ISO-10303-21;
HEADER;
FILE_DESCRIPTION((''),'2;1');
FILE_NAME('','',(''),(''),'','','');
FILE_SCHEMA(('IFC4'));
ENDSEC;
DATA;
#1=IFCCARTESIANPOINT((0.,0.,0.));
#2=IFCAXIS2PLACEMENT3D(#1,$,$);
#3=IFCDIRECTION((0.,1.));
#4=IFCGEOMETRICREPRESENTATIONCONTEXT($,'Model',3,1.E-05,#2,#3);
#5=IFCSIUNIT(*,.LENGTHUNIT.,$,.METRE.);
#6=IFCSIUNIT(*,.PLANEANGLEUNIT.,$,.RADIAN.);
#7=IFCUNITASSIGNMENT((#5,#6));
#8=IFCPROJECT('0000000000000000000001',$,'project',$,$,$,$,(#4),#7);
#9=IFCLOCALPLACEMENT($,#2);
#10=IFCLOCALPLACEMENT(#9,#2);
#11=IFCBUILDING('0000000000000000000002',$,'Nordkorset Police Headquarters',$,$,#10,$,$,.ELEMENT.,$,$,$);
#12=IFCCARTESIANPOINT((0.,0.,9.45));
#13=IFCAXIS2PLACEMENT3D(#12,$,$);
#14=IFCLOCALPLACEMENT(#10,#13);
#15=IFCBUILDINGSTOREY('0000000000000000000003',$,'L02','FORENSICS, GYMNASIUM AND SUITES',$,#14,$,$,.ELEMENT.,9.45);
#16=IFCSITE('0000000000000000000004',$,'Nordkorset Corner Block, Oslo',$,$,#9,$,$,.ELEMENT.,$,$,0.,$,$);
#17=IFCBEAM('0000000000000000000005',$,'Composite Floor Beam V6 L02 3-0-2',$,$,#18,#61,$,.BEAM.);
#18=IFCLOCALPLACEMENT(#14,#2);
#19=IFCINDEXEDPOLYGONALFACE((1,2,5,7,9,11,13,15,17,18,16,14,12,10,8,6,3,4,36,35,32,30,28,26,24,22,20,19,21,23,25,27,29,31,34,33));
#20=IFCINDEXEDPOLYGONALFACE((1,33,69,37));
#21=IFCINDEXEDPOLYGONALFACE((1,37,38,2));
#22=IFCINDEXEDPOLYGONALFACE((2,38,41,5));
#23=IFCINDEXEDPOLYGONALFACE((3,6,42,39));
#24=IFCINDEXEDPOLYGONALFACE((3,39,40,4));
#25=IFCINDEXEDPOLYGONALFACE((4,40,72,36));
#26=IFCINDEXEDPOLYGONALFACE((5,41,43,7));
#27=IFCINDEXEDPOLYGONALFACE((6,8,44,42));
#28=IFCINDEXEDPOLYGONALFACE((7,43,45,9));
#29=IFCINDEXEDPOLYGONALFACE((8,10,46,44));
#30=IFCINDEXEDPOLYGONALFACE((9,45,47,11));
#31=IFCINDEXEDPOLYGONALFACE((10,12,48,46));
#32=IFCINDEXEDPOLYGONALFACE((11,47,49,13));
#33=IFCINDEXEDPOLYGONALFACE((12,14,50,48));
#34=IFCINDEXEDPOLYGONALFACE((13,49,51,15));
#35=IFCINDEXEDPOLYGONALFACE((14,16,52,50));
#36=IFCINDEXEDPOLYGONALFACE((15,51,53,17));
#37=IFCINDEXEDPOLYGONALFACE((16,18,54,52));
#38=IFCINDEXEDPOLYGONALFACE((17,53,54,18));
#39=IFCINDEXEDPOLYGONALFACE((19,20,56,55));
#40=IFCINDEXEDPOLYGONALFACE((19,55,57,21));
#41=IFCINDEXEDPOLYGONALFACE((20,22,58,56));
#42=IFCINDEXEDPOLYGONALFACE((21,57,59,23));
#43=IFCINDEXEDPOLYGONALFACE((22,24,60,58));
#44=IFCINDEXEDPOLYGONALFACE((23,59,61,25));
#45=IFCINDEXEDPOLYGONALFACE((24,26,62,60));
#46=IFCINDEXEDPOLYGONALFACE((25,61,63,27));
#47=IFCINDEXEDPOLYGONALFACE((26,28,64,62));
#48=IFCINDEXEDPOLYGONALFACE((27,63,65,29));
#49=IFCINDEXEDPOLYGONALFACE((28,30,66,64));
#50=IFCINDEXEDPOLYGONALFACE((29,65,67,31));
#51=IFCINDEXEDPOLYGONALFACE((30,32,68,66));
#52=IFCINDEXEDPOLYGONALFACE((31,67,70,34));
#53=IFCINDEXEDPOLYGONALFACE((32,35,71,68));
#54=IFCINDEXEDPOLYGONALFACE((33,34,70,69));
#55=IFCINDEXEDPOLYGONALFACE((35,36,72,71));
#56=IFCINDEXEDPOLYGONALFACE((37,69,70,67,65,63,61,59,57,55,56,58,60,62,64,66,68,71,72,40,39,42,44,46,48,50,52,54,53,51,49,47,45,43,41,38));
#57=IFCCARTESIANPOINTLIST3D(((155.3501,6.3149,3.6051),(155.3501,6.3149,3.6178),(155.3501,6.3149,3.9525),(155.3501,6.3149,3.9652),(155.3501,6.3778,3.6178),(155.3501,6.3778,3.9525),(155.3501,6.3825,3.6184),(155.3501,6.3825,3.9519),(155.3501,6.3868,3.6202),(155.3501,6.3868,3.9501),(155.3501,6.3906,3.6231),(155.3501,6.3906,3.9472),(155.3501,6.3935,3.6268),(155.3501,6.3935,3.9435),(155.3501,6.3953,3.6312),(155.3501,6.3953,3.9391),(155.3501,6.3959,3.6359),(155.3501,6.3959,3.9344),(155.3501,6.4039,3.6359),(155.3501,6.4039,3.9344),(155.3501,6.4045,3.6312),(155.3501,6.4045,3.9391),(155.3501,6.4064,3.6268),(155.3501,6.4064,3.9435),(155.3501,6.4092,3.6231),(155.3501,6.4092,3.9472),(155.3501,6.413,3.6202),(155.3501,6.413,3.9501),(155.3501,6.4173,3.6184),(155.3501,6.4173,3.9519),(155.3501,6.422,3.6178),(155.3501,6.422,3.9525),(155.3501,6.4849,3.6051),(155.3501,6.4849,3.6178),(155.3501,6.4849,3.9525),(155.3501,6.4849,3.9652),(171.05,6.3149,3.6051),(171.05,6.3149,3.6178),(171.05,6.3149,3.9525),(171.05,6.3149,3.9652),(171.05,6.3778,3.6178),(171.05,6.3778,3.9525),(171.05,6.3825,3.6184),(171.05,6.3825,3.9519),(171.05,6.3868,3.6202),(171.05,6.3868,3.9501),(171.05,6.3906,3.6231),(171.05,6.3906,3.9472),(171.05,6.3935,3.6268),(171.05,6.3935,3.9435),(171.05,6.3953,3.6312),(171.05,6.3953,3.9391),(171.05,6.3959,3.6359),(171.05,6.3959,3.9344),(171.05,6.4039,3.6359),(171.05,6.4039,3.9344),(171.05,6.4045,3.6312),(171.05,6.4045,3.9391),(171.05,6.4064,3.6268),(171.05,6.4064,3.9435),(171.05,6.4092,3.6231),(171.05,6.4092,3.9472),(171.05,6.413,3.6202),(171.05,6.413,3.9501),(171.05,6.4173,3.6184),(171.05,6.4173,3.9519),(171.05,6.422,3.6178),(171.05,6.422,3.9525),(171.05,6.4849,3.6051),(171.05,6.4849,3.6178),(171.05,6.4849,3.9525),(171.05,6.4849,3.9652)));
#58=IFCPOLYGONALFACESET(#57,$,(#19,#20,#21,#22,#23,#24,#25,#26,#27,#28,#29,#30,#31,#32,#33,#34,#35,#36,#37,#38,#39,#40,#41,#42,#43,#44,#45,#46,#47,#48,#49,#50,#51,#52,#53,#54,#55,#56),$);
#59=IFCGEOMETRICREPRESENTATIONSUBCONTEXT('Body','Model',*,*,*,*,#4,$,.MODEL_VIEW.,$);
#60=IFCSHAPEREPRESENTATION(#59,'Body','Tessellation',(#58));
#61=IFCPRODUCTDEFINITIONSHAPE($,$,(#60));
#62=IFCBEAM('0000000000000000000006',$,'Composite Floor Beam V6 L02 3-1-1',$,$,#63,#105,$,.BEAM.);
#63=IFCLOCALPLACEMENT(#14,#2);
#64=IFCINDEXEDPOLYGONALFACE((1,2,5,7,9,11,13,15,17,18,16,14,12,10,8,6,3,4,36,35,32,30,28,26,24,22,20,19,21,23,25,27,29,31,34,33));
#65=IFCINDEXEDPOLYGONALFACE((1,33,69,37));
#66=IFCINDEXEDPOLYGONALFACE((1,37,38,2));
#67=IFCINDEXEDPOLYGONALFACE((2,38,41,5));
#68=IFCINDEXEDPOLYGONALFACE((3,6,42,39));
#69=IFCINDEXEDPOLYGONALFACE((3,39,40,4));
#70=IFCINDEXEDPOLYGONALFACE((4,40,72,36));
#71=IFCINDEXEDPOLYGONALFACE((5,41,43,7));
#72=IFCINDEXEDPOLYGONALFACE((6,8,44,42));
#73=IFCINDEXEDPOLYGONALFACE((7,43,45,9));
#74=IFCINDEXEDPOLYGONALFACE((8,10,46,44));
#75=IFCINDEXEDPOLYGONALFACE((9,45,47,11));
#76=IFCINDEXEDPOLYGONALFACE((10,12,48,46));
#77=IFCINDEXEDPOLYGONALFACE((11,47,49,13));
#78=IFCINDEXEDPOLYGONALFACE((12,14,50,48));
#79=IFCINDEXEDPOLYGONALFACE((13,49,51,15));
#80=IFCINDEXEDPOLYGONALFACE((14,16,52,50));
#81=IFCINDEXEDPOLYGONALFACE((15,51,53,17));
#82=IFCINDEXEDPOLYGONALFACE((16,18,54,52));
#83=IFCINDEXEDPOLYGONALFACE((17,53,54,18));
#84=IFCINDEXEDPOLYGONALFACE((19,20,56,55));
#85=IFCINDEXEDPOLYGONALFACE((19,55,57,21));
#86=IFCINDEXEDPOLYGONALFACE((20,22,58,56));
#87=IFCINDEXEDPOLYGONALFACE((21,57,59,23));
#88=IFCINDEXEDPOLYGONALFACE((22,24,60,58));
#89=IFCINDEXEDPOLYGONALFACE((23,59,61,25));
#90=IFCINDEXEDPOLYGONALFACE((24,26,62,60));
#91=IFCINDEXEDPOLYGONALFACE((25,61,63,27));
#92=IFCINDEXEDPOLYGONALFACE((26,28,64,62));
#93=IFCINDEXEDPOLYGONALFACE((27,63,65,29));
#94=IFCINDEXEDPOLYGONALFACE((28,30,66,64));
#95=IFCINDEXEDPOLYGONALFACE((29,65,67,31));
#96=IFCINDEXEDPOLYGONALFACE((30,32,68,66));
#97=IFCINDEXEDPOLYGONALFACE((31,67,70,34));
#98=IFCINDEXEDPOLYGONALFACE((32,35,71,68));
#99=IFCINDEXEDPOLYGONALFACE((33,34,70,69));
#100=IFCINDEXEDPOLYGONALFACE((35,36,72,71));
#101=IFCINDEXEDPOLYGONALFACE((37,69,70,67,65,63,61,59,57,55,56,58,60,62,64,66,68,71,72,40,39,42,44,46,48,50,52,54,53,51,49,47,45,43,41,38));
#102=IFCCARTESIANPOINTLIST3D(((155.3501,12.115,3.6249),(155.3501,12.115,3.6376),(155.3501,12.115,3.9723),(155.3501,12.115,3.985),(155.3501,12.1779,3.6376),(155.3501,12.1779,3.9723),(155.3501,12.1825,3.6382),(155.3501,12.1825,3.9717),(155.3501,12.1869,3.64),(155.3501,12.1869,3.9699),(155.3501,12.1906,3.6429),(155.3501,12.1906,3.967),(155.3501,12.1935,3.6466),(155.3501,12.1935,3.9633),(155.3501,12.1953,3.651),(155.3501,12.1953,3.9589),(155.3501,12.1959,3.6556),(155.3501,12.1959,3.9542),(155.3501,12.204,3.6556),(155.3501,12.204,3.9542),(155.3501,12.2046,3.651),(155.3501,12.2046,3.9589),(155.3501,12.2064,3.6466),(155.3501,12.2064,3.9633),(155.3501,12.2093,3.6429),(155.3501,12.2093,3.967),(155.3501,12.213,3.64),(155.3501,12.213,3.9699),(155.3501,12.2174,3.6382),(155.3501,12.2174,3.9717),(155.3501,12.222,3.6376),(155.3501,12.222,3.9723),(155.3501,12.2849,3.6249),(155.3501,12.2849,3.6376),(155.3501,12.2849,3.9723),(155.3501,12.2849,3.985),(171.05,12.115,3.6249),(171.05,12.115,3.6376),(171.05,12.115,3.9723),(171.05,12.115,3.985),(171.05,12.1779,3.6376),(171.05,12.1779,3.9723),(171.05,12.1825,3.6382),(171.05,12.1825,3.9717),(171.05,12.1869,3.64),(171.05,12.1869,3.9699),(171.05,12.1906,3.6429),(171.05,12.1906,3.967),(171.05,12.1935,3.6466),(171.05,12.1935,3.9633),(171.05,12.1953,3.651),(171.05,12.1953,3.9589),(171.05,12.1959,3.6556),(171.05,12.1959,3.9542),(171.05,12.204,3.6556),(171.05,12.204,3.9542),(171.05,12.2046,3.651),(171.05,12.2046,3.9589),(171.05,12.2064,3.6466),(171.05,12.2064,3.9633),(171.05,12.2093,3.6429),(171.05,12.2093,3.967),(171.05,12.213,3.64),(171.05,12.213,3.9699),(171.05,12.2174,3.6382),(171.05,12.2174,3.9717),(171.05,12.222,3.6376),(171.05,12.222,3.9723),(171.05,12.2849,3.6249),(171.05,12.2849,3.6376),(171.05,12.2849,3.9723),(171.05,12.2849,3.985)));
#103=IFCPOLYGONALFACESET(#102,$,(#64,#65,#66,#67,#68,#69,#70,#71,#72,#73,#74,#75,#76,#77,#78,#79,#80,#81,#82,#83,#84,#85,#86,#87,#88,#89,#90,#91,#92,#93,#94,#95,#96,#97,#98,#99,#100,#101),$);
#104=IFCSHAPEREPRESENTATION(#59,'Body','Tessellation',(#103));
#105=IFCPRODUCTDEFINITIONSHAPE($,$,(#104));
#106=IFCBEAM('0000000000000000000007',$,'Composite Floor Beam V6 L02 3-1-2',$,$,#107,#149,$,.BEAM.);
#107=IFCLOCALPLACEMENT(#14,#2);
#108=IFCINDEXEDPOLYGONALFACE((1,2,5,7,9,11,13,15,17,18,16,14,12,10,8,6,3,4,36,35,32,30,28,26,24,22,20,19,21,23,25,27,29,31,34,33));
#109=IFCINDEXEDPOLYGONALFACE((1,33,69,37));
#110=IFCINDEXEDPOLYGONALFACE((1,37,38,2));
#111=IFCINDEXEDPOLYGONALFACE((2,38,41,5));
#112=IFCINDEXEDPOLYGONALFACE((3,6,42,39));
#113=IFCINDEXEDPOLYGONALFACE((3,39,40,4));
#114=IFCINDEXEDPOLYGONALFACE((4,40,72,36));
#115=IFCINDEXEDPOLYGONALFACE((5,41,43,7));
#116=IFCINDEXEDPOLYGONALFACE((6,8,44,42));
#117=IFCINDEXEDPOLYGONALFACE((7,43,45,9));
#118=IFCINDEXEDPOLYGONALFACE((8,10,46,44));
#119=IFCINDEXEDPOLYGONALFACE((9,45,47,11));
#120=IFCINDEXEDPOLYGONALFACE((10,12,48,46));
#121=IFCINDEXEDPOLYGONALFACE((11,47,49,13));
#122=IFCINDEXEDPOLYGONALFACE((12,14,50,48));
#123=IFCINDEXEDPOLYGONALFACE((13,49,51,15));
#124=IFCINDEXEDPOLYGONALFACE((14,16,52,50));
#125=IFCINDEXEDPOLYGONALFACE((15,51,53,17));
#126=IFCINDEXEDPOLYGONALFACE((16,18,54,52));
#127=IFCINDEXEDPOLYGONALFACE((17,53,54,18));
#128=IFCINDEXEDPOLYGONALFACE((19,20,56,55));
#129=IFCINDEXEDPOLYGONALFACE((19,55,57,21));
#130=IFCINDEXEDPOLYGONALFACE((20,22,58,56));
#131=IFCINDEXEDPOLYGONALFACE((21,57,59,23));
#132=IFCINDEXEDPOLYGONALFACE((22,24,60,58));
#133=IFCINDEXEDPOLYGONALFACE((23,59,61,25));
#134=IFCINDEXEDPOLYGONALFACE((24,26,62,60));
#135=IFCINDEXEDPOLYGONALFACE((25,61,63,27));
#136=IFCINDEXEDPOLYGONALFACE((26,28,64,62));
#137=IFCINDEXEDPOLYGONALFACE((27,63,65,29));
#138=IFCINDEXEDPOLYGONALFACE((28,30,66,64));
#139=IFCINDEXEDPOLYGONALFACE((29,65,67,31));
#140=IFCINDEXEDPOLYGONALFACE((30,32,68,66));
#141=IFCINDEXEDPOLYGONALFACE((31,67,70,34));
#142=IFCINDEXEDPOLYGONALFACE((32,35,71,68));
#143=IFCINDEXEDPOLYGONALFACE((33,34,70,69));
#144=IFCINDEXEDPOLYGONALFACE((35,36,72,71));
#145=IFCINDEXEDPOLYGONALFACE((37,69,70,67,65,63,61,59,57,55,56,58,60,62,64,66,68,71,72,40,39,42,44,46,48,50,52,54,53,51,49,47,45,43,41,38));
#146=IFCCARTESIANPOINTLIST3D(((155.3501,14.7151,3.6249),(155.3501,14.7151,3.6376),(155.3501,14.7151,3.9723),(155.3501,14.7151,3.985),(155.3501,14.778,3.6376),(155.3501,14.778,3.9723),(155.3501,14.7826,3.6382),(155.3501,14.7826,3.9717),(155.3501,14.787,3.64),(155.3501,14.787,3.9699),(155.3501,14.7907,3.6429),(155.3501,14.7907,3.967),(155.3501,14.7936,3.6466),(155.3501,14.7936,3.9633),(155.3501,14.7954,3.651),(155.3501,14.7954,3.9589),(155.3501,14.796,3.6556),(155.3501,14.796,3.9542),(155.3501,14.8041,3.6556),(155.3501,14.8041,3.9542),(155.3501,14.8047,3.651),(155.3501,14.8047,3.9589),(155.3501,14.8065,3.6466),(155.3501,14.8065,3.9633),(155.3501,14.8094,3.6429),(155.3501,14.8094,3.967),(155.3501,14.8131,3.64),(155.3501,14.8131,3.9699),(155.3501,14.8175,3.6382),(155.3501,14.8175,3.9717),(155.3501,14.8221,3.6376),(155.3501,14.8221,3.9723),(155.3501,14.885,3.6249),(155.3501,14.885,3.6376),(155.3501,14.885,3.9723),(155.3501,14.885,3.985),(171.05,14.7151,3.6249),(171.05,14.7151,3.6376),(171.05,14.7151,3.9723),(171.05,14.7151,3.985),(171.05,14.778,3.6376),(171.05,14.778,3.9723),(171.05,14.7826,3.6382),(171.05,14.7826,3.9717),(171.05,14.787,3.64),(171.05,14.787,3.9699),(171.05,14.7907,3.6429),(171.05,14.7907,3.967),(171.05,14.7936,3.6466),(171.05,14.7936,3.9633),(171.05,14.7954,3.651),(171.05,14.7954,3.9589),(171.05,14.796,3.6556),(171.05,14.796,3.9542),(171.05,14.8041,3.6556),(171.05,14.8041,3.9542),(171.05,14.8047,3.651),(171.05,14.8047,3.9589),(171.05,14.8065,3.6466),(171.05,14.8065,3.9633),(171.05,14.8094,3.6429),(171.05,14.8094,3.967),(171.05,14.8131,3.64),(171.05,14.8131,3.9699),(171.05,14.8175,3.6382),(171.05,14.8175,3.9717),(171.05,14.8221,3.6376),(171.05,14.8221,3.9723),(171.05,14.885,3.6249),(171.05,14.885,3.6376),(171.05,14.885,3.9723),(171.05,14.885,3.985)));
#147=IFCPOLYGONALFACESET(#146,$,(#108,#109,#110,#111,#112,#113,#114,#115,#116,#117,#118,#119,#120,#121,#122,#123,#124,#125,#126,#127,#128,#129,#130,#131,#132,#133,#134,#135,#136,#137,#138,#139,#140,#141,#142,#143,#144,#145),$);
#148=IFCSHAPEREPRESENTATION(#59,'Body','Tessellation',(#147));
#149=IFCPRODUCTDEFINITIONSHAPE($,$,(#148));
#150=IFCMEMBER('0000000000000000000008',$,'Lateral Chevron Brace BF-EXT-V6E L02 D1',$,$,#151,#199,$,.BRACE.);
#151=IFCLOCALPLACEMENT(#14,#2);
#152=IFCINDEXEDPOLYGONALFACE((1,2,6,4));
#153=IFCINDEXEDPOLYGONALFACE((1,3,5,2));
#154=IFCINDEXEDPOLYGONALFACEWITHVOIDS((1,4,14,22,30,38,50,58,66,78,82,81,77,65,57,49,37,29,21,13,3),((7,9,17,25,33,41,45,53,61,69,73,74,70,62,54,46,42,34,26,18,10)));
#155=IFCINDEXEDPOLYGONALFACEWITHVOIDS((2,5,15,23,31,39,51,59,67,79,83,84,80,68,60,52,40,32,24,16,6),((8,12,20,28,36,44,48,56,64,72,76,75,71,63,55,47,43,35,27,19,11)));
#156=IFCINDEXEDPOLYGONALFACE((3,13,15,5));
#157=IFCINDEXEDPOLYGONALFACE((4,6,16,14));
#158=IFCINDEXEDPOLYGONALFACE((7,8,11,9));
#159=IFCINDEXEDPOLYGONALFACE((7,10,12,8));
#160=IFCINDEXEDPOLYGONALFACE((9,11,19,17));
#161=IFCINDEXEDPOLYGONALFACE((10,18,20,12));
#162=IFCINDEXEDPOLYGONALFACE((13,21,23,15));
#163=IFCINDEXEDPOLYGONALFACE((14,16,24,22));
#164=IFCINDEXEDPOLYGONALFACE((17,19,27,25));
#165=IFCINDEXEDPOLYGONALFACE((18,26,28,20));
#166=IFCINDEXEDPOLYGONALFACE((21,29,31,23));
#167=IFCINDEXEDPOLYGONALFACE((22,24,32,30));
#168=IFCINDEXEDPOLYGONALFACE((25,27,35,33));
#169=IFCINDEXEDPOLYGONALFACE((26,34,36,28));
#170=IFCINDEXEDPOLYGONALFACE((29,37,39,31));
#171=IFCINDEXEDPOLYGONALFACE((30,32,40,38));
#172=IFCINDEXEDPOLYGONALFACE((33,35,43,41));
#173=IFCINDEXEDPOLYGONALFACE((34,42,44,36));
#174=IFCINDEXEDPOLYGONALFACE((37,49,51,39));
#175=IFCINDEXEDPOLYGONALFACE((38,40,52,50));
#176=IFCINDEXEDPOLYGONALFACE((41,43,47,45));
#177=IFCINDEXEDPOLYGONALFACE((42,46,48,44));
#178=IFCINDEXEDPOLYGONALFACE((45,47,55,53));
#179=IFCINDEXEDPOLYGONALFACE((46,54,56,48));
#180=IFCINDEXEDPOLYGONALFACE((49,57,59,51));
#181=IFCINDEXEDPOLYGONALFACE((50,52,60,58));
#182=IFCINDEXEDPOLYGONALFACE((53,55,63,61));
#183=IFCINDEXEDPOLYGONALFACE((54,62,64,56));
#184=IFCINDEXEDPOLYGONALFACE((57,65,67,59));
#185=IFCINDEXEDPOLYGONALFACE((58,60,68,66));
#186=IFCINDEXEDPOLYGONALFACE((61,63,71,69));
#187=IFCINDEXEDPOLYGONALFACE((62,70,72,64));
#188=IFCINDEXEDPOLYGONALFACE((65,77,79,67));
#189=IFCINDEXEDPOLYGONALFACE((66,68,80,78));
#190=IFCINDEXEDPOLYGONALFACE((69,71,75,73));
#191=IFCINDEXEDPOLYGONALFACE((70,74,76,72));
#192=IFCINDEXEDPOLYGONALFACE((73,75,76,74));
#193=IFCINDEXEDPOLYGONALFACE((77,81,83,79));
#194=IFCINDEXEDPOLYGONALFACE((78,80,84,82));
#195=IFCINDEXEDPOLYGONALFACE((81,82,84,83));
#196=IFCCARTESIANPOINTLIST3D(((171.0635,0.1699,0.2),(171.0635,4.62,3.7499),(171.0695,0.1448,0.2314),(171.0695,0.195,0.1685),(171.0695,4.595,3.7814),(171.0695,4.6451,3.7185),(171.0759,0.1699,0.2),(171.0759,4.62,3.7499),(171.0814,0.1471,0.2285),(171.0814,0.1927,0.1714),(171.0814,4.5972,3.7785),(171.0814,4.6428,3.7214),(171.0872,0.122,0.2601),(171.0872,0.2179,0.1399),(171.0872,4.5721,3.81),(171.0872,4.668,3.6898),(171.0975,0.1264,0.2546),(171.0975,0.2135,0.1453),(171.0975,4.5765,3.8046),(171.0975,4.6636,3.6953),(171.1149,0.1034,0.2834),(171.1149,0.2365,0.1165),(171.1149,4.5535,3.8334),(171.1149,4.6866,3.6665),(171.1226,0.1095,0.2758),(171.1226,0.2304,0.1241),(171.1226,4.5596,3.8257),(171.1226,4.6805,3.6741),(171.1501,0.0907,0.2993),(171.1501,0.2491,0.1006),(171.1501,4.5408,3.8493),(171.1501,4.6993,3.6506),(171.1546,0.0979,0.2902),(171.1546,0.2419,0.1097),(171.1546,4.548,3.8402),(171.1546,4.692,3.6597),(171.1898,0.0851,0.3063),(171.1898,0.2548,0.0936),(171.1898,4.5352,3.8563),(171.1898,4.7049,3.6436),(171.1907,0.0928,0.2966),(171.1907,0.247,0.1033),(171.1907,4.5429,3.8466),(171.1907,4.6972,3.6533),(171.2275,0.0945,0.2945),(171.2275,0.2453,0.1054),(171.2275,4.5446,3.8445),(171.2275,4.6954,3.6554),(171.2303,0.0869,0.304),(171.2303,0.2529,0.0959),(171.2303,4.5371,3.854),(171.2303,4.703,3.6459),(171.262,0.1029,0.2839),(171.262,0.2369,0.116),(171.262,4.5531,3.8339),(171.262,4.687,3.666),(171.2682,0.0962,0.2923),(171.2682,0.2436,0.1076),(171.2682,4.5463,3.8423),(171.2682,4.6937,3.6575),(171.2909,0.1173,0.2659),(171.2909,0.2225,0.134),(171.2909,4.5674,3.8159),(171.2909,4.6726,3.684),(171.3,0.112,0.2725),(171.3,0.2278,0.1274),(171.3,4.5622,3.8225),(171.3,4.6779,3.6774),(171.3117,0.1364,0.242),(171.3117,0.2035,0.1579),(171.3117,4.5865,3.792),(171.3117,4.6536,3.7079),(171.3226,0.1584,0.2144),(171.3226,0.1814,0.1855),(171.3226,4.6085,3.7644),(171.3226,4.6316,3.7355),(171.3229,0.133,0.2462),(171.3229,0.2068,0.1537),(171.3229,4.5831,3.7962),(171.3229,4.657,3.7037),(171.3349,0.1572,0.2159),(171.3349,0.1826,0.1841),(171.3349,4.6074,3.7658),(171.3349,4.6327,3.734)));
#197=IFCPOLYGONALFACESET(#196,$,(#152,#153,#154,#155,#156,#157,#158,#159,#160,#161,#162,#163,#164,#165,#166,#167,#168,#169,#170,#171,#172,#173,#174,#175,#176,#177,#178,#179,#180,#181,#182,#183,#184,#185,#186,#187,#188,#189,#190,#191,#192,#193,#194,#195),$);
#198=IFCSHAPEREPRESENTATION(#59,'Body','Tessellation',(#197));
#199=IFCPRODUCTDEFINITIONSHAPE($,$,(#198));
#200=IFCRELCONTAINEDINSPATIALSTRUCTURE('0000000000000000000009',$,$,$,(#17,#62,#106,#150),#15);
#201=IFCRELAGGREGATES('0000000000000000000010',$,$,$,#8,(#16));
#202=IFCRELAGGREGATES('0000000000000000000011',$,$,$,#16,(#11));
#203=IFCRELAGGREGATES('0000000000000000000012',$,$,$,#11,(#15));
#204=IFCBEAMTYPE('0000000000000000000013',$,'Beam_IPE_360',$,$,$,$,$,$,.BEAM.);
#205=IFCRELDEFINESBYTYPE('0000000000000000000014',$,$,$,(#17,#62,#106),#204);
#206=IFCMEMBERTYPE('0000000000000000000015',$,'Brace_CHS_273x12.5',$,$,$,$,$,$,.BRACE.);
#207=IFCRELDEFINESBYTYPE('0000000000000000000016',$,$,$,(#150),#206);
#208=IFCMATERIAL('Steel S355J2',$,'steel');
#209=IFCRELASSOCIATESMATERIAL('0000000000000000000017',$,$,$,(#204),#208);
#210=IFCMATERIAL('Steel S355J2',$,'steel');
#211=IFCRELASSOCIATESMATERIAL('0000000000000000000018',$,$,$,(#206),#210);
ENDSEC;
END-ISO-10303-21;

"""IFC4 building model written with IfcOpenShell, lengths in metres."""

from ifc_helpers import new_model, si_unit, direction, frame, origin, origin_2d, place, context, subcontext, project, spatial, hollow_circle, i_section, extrude, material, material_profile, profile_set, type_object, element, save


model = new_model("IFC4")

# Units and contexts
model_context = context("Model", 3, precision=1e-05, world=origin(), true_north=direction((0.0, 1.0)))
body_context = subcontext(model_context, "Body", "Model", "MODEL_VIEW")
ifc_project = project(units=[si_unit("LENGTHUNIT", "METRE"), si_unit("PLANEANGLEUNIT", "RADIAN")], contexts=[model_context])

# Site, building, storey
site_placement = place(None, origin())
site = spatial("IfcSite", under=ifc_project, at=site_placement, Name="Nordkorset Corner Block, Oslo", CompositionType="ELEMENT", RefElevation=0.0)
building_placement = place(site_placement, origin())
building = spatial("IfcBuilding", under=site, at=building_placement, Name="Nordkorset Police Headquarters", CompositionType="ELEMENT")
storey_placement = place(building_placement, frame((0.0, 0.0, 9.45)))
storey = spatial("IfcBuildingStorey", under=building, at=storey_placement, Name="L02", Description="FORENSICS, GYMNASIUM AND SUITES", CompositionType="ELEMENT", Elevation=9.45)

# Beams
ifc_material_1 = material(Name="Steel S355J2", Category="steel")
ifc_material_profile_1 = material_profile(ifc_material_1, i_section(OverallWidth=0.1699, OverallDepth=0.3601, WebThickness=0.0081, FlangeThickness=0.0127, FilletRadius=0.0181, at=origin_2d()), Name="IPE 360")
ifc_profile_set_1 = profile_set([ifc_material_profile_1], Name="Steel S355J2")
beam_type_1 = type_object("IfcBeamType", Name="Beam_IPE_360", PredefinedType="BEAM", material=ifc_profile_set_1)
for number, where, z_axis, x_axis, name in (
    (1, (155.3501, 6.3999, 3.7852), (1.0, 0.0, 0.0), (0.0, 1.0, 0.0), "Composite Floor Beam V6 L02 3-0-2"),
    (2, (155.3501, 12.2, 3.8049), (1.0, 0.0, 0.0), (0.0, 1.0, 0.0), "Composite Floor Beam V6 L02 3-1-1"),
    (3, (155.3501, 14.8, 3.8049), (1.0, 0.0, 0.0), (0.0, 1.0, 0.0), "Composite Floor Beam V6 L02 3-1-2"),
):
    element("IfcBeam", number, at=place(storey_placement, frame(where, z_axis=z_axis, x_axis=x_axis)), inside=storey, type_object=beam_type_1, Name=name, PredefinedType="BEAM", context=body_context, shape_type="SweptSolid", body=[
        extrude(i_section(OverallWidth=0.1699, OverallDepth=0.3601, WebThickness=0.0081, FlangeThickness=0.0127, FilletRadius=0.0181, at=origin_2d()), origin(), (0.0, 0.0, 1.0), 15.7),
    ])

# Member
ifc_material_2 = material(Name="Steel S355J2", Category="steel")
ifc_material_profile_2 = material_profile(ifc_material_2, hollow_circle(Radius=0.1365, WallThickness=0.0125, at=origin_2d()), Name="CHS 273x12.5")
ifc_profile_set_2 = profile_set([ifc_material_profile_2], Name="Steel S355J2")
member_type = type_object("IfcMemberType", Name="Brace_CHS_273x12.5", PredefinedType="BRACE", material=ifc_profile_set_2)
for number, where, z_axis, x_axis, name in (
    (4, (171.2, 0.1699, 0.2), (0.0, 0.781734, 0.623612), (-1.0, 0.0, 0.0), "Lateral Chevron Brace BF-EXT-V6E L02 D1"),
):
    element("IfcMember", number, at=place(storey_placement, frame(where, z_axis=z_axis, x_axis=x_axis)), inside=storey, type_object=member_type, Name=name, PredefinedType="BRACE", context=body_context, shape_type="SweptSolid", body=[
        extrude(hollow_circle(Radius=0.1365, WallThickness=0.0125, at=origin_2d()), origin(), (0.0, 0.0, 1.0), 5.6926),
    ])

save(model, "model.ifc")
